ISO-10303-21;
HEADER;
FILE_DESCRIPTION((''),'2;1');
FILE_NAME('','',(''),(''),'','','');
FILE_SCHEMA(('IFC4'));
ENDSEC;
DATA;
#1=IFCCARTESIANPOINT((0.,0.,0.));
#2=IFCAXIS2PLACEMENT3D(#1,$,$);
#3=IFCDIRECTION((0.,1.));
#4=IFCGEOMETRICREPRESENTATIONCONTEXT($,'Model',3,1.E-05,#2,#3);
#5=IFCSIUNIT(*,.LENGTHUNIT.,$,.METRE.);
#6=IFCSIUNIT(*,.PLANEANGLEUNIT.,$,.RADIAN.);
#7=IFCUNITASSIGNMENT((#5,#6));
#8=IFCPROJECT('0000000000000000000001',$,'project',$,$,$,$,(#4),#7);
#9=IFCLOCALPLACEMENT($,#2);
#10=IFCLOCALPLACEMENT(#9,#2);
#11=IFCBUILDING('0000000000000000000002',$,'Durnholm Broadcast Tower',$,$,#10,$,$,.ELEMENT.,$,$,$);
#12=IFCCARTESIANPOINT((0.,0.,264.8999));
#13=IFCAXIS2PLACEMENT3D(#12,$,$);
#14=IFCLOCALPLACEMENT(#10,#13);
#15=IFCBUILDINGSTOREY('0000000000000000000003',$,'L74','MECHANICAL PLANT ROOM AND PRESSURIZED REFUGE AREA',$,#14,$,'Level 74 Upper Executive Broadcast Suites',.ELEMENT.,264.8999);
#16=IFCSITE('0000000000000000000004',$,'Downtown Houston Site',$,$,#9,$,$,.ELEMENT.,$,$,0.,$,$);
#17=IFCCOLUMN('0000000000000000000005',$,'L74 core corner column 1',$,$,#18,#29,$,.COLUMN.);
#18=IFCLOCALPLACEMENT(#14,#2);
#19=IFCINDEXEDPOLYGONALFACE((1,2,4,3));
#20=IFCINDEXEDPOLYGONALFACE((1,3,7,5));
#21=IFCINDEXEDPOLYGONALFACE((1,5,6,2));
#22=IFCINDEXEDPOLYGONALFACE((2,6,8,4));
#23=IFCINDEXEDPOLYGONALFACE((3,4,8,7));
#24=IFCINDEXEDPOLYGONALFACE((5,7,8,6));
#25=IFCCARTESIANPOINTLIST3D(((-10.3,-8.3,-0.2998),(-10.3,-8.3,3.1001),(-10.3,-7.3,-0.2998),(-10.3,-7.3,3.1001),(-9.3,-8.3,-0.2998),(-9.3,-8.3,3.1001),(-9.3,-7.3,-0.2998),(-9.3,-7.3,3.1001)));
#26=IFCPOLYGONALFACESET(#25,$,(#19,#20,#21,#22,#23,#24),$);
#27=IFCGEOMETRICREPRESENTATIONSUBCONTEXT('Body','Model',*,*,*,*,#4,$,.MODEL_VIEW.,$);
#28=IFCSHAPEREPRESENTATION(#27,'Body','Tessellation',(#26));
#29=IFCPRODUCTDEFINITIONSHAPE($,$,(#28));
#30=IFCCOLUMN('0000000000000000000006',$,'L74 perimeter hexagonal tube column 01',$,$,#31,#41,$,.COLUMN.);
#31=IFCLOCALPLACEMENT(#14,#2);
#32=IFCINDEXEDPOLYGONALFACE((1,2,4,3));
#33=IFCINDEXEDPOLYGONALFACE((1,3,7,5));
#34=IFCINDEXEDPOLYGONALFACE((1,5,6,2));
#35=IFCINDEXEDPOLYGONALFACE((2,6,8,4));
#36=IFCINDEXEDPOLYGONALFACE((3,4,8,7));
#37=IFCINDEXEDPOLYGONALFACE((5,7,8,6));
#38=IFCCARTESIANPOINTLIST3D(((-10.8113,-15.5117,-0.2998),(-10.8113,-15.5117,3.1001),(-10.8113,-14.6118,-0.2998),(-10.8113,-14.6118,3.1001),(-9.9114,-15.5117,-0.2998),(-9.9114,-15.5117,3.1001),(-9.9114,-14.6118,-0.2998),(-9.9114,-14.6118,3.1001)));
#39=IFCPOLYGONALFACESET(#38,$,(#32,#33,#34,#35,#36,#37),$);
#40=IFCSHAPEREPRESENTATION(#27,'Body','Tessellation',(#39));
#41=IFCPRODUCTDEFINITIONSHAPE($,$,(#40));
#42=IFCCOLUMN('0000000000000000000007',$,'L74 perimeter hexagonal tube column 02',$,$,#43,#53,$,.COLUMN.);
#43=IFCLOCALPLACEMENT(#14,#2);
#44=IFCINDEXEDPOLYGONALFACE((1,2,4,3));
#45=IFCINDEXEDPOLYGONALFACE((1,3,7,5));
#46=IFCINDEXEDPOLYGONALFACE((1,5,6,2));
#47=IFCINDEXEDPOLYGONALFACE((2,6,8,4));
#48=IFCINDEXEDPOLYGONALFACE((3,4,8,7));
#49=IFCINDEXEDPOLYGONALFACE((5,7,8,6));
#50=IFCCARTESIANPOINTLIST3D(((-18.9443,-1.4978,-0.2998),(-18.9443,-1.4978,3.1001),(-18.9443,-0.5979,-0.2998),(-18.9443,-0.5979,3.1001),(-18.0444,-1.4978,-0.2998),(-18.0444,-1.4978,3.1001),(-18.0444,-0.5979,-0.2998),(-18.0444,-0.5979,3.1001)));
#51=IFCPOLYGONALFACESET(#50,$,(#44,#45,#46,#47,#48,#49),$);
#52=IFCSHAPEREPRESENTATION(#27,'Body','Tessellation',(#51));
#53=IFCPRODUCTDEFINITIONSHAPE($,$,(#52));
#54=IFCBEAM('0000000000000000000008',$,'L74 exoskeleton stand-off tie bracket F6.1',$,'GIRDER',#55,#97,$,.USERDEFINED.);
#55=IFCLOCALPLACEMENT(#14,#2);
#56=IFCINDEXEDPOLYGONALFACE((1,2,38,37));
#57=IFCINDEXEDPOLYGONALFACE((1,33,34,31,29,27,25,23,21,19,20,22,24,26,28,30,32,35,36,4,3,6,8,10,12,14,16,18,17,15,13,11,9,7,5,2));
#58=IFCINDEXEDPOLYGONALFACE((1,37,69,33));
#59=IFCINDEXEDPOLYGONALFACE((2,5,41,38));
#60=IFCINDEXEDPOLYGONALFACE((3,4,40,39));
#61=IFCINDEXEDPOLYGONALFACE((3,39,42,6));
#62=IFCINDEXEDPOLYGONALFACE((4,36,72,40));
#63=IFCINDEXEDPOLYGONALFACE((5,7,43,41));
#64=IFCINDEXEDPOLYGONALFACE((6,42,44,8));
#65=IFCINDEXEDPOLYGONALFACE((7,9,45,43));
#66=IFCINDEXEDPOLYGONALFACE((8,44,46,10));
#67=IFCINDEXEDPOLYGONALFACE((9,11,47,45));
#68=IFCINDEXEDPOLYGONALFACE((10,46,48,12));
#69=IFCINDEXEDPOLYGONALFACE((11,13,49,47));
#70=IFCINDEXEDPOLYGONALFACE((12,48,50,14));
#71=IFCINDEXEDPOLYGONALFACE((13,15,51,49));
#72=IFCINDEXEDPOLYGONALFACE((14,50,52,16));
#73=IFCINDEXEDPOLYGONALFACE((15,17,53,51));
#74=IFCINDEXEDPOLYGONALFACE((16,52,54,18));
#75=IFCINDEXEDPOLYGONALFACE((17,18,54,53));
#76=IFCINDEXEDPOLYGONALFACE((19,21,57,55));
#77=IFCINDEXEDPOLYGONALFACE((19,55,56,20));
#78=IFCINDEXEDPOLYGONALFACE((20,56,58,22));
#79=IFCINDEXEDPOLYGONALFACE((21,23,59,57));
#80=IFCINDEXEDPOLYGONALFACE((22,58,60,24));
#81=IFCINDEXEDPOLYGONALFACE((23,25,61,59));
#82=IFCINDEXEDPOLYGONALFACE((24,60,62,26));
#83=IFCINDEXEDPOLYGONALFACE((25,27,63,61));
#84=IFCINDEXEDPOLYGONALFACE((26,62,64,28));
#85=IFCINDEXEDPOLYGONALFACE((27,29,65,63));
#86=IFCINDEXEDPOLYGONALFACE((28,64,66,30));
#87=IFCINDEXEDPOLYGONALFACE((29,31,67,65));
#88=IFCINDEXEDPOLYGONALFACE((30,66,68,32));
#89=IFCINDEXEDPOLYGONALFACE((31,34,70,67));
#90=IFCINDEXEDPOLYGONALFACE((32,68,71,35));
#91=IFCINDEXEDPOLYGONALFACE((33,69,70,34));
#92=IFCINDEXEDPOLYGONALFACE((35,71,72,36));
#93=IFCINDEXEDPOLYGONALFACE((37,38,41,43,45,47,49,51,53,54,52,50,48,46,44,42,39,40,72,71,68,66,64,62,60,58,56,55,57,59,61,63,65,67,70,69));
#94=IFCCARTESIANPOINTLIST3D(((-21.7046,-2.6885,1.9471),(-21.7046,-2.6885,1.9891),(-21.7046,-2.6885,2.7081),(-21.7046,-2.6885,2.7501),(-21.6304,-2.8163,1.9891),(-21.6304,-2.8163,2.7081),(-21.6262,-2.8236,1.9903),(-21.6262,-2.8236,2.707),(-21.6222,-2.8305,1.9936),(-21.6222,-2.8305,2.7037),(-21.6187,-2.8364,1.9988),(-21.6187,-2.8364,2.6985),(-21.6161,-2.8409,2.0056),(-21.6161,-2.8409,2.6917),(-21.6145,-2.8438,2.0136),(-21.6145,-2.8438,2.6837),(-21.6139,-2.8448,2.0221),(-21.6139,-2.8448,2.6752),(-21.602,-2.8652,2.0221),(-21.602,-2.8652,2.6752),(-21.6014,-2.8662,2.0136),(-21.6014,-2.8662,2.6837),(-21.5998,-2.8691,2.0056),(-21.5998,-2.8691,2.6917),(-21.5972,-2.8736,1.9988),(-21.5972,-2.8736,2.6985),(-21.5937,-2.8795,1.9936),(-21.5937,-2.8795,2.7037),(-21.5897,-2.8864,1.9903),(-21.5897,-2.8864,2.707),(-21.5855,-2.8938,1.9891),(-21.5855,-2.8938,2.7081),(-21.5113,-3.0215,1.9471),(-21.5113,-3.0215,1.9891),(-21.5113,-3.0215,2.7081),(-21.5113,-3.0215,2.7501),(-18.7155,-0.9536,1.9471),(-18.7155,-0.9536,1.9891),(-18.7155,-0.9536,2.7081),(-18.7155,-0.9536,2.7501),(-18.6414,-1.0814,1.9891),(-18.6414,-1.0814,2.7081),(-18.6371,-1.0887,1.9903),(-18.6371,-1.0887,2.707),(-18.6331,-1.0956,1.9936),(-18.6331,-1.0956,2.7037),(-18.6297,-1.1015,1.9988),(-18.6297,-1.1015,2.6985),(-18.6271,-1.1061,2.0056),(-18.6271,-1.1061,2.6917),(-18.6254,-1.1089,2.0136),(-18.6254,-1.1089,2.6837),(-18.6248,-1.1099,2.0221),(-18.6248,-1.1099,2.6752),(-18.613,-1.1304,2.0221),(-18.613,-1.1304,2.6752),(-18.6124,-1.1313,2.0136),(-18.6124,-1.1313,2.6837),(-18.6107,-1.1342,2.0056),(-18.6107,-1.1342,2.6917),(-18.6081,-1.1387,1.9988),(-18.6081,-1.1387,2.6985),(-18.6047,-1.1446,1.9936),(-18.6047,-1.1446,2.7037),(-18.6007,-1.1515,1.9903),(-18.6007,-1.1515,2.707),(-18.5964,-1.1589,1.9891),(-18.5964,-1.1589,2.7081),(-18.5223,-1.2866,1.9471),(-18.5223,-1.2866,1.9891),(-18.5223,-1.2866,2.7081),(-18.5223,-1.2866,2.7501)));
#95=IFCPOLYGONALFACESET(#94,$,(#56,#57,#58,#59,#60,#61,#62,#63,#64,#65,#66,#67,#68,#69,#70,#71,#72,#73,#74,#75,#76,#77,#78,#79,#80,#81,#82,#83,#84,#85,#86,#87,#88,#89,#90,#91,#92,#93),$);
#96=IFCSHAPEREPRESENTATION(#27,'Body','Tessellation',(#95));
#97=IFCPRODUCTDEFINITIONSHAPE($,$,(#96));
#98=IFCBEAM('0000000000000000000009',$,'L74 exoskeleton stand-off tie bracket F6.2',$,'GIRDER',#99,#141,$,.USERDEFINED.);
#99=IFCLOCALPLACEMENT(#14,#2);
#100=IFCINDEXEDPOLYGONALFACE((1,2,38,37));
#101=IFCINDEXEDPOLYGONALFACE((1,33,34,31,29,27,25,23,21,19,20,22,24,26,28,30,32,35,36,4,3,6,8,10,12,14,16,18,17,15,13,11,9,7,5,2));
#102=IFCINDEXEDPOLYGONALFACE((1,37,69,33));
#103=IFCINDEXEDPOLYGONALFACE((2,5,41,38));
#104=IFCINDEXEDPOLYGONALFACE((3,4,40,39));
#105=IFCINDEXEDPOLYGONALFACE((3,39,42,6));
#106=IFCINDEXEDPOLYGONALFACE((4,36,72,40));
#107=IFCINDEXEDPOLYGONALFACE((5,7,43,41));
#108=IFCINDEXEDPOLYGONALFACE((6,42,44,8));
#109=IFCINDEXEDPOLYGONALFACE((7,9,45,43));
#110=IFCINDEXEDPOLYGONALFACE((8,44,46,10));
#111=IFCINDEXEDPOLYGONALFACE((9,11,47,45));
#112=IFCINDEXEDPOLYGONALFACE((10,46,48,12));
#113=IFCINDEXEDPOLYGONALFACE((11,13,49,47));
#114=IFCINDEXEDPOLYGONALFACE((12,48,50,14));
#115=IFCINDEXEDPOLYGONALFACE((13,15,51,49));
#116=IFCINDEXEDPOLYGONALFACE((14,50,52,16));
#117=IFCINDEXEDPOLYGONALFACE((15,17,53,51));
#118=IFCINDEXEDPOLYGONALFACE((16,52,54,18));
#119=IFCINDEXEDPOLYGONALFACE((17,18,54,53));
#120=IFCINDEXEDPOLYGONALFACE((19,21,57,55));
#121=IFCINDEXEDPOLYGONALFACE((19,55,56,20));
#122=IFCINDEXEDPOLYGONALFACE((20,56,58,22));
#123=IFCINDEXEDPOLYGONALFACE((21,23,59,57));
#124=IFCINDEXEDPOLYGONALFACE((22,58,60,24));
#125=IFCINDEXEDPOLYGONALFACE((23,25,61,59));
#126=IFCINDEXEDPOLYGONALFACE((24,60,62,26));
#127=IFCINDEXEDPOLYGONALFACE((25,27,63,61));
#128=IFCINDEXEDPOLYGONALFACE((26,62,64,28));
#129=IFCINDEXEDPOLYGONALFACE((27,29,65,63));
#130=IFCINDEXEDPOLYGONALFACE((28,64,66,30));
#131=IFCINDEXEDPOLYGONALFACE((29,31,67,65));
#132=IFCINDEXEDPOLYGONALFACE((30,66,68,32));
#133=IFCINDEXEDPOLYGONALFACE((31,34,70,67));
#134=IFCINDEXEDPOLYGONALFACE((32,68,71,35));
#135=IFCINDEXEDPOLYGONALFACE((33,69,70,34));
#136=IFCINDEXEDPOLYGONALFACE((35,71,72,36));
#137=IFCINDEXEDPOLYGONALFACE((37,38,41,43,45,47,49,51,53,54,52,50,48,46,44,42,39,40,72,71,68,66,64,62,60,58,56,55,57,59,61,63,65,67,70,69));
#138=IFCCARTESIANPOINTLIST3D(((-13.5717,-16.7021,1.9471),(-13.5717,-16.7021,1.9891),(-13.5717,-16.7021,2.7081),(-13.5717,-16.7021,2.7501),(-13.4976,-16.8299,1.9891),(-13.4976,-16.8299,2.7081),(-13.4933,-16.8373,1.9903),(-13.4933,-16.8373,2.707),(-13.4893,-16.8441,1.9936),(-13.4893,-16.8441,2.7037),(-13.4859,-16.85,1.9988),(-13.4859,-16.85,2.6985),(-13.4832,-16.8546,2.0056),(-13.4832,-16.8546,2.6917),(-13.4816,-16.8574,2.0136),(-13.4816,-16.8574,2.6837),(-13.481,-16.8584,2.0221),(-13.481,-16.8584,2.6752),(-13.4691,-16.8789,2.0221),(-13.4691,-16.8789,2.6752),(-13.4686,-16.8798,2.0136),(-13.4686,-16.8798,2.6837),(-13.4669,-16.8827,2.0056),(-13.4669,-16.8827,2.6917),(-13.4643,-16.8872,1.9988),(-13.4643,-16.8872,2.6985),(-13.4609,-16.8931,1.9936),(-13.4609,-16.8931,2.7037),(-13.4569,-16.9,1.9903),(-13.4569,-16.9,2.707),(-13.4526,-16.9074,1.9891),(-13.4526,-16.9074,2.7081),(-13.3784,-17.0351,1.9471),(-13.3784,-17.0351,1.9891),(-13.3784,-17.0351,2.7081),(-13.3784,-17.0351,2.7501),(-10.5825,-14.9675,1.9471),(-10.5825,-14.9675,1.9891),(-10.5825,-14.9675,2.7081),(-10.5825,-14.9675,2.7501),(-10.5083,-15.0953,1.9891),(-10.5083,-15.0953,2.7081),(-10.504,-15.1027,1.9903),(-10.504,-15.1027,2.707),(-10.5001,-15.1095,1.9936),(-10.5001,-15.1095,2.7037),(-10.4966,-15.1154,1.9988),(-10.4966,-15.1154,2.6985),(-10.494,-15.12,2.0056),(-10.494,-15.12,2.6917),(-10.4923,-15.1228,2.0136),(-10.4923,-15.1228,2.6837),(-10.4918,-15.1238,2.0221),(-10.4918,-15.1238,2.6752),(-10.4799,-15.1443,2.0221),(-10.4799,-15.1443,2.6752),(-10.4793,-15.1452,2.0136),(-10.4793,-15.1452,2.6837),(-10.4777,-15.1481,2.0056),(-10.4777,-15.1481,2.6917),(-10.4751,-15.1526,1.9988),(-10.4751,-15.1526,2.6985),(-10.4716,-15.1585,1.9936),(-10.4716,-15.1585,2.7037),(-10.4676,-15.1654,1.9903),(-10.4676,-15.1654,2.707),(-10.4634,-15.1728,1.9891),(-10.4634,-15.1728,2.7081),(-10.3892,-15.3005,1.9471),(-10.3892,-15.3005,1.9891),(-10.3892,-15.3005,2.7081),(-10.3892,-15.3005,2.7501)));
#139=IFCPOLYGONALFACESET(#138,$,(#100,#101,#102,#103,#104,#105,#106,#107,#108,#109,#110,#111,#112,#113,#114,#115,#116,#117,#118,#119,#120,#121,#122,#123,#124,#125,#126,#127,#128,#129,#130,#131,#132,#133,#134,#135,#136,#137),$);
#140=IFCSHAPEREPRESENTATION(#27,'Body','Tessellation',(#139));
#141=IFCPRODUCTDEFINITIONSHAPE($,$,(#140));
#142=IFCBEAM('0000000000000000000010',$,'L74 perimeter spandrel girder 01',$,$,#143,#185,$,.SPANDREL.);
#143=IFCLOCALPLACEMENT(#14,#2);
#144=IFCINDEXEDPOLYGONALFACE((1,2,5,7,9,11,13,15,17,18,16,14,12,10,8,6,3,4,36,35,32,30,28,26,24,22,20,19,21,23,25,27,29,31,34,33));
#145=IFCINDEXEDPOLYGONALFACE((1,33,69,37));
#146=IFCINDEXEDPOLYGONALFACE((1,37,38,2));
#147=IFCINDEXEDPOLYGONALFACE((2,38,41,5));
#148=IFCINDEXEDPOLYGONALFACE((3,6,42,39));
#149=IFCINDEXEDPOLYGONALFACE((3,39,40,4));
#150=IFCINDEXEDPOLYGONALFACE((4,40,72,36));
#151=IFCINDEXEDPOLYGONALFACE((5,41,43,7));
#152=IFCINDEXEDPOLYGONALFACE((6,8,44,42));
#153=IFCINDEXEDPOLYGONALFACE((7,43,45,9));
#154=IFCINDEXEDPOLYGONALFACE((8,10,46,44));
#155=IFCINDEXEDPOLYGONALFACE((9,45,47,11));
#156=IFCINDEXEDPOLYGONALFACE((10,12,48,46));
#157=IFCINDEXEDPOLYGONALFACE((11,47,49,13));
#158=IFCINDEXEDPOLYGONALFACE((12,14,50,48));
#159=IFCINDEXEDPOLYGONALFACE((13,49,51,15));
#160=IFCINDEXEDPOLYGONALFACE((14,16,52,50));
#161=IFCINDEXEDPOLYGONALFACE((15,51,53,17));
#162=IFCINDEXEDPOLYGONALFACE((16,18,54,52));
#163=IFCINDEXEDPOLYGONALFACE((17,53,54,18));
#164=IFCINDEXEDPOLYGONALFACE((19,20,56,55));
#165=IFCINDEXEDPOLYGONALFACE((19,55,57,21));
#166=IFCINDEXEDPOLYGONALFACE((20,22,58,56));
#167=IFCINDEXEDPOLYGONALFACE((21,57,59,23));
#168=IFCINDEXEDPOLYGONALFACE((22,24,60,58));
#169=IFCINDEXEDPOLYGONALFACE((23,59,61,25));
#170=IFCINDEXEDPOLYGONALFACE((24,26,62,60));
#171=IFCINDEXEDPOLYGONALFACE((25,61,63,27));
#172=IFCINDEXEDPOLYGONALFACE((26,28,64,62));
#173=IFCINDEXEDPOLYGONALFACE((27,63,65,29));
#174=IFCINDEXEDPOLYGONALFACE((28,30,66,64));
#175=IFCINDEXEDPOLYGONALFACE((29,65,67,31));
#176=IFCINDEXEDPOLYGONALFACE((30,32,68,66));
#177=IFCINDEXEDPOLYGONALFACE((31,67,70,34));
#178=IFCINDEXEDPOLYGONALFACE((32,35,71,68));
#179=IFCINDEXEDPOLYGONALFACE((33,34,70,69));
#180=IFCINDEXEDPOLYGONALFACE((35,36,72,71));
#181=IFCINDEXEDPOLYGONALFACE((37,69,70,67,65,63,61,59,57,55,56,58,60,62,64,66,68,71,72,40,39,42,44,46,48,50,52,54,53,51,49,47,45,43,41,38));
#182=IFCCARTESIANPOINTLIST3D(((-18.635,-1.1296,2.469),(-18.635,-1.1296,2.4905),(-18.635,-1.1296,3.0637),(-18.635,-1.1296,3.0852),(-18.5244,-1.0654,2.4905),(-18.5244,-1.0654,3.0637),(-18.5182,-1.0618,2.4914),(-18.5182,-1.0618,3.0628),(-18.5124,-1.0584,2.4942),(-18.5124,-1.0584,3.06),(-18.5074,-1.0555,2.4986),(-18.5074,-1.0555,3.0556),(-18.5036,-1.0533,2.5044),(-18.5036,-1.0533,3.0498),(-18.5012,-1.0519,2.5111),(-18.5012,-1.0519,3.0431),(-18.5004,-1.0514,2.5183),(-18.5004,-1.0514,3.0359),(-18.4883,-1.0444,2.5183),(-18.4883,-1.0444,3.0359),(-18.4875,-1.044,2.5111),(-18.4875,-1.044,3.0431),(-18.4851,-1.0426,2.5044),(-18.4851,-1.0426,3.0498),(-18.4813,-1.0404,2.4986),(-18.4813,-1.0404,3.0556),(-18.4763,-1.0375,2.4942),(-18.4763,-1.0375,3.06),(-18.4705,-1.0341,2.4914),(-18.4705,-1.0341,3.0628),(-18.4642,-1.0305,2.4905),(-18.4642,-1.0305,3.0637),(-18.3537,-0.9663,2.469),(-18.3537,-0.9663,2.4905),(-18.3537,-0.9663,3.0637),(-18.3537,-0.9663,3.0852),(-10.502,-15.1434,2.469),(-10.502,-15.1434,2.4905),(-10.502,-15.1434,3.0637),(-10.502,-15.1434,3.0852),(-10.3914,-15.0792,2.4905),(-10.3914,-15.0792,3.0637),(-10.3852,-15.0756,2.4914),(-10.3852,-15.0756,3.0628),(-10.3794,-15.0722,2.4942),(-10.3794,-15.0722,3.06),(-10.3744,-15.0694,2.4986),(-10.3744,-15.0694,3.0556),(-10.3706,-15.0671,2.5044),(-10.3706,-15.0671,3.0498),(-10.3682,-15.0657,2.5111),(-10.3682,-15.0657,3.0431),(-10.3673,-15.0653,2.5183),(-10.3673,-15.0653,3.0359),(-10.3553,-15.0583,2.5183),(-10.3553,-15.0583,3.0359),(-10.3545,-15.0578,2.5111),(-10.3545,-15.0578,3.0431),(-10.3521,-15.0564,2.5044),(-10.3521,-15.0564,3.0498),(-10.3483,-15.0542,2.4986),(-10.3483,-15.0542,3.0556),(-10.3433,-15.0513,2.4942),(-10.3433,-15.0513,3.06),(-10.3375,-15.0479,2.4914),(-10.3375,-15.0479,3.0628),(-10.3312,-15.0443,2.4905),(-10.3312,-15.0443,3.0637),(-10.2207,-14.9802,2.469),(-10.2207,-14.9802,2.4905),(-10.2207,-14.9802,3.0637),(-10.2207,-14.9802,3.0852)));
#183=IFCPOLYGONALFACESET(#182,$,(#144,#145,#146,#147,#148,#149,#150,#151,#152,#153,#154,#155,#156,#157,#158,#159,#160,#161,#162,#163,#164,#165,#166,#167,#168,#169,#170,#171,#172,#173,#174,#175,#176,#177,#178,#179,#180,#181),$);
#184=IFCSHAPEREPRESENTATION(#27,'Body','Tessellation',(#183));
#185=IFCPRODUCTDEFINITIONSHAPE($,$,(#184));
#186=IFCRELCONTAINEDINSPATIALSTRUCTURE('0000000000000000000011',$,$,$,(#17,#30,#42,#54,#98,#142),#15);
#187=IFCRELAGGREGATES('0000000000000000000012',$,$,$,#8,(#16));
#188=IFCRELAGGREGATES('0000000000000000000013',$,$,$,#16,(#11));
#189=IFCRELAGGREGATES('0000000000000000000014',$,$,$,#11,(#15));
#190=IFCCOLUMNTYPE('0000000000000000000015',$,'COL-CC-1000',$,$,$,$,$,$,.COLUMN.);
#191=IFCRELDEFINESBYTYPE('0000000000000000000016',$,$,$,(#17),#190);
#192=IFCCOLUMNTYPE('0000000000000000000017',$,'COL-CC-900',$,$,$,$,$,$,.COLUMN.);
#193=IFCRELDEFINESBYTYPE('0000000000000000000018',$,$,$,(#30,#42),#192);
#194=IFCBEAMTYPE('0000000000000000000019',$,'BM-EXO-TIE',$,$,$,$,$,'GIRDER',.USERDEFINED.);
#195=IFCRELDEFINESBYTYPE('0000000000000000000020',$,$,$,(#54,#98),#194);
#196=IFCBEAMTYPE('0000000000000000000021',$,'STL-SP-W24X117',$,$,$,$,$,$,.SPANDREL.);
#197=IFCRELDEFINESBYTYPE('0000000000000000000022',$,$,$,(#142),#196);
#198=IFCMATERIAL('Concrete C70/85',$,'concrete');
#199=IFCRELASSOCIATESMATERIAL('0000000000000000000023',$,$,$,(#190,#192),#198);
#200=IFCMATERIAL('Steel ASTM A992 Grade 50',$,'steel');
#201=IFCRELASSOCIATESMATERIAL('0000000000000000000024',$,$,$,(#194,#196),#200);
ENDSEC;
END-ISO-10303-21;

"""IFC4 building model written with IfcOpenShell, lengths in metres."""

from ifc_helpers import new_model, si_unit, direction, frame, origin, origin_2d, place, context, subcontext, project, spatial, rectangle, i_section, extrude, source, transform, mapped, material, material_profile, profile_set, type_object, type_shapes, element, save


model = new_model("IFC4")

# Units and contexts
model_context = context("Model", 3, precision=1e-05, world=origin(), true_north=direction((0.0, 1.0)))
body_context = subcontext(model_context, "Body", "Model", "MODEL_VIEW")
ifc_project = project(units=[si_unit("LENGTHUNIT", "METRE"), si_unit("PLANEANGLEUNIT", "RADIAN")], contexts=[model_context])

# Site, building, storey
site_placement = place(None, origin())
site = spatial("IfcSite", under=ifc_project, at=site_placement, Name="Downtown Houston Site", CompositionType="ELEMENT", RefElevation=0.0)
building_placement = place(site_placement, origin())
building = spatial("IfcBuilding", under=site, at=building_placement, Name="Durnholm Broadcast Tower", CompositionType="ELEMENT")
storey_placement = place(building_placement, frame((0.0, 0.0, 264.8999)))
storey = spatial("IfcBuildingStorey", under=building, at=storey_placement, Name="L74", Description="MECHANICAL PLANT ROOM AND PRESSURIZED REFUGE AREA", LongName="Level 74 Upper Executive Broadcast Suites", CompositionType="ELEMENT", Elevation=264.8999)

# Columns
ifc_material_1 = material(Name="Concrete C70/85", Category="concrete")
ifc_material_profile_1 = material_profile(ifc_material_1, rectangle(XDim=1.0, YDim=1.0, at=origin_2d()), Name="RC1000X1000")
ifc_profile_set_1 = profile_set([ifc_material_profile_1], Name="Concrete C70/85")
column_type_1 = type_object("IfcColumnType", Name="COL-CC-1000", PredefinedType="COLUMN", material=ifc_profile_set_1)
shared_shape_1 = source(origin(), body_context, "Body", "SweptSolid", [
    extrude(rectangle(XDim=1.0, YDim=1.0, at=origin_2d()), origin(), (0.0, 0.0, 1.0), 3.3999),
])
type_shapes(column_type_1, [shared_shape_1])
column_placement = place(storey_placement, frame((-9.8, -7.8, -0.2998), z_axis=(0.0, 0.0, 1.0), x_axis=(1.0, 0.0, 0.0)))
element("IfcColumn", 1, at=column_placement, inside=storey, type_object=column_type_1, Name="L74 core corner column 1", PredefinedType="COLUMN", context=body_context, shape_type="MappedRepresentation", body=[
    mapped(shared_shape_1, transform((0.0, 0.0, 0.0), x_axis=(1.0, 0.0, 0.0), y_axis=(0.0, 1.0, 0.0), z_axis=(0.0, 0.0, 1.0), scale=1.0)),
])
ifc_material_profile_2 = material_profile(ifc_material_1, rectangle(XDim=0.8999, YDim=0.8999, at=origin_2d()), Name="RC900X900")
ifc_profile_set_2 = profile_set([ifc_material_profile_2], Name="Concrete C70/85")
column_type_2 = type_object("IfcColumnType", Name="COL-CC-900", PredefinedType="COLUMN", material=ifc_profile_set_2)
shared_shape_2 = source(origin(), body_context, "Body", "SweptSolid", [
    extrude(rectangle(XDim=0.8999, YDim=0.8999, at=origin_2d()), origin(), (0.0, 0.0, 1.0), 3.3999),
])
type_shapes(column_type_2, [shared_shape_2])
for number, where, z_axis, x_axis, name in (
    (2, (-10.3613, -15.0618, -0.2998), (0.0, 0.0, 1.0), (1.0, 0.0, 0.0), "L74 perimeter hexagonal tube column 01"),
    (3, (-18.4944, -1.0479, -0.2998), (0.0, 0.0, 1.0), (1.0, 0.0, 0.0), "L74 perimeter hexagonal tube column 02"),
):
    element("IfcColumn", number, at=place(storey_placement, frame(where, z_axis=z_axis, x_axis=x_axis)), inside=storey, type_object=column_type_2, Name=name, PredefinedType="COLUMN", context=body_context, shape_type="MappedRepresentation", body=[
        mapped(shared_shape_2, transform((0.0, 0.0, 0.0), x_axis=(1.0, 0.0, 0.0), y_axis=(0.0, 1.0, 0.0), z_axis=(0.0, 0.0, 1.0), scale=1.0)),
    ])

# Beams
ifc_material_2 = material(Name="Steel ASTM A992 Grade 50", Category="steel")
ifc_material_profile_3 = material_profile(ifc_material_2, i_section(OverallWidth=0.385, OverallDepth=0.803, WebThickness=0.0237, FlangeThickness=0.042, FilletRadius=0.033, at=origin_2d()), Name="W30X261")
ifc_profile_set_3 = profile_set([ifc_material_profile_3], Name="Steel ASTM A992 Grade 50")
beam_type_1 = type_object("IfcBeamType", Name="BM-EXO-TIE", ElementType="GIRDER", PredefinedType="USERDEFINED", material=ifc_profile_set_3)
shared_shape_3 = source(origin(), body_context, "Body", "SweptSolid", [
    extrude(i_section(OverallWidth=0.385, OverallDepth=0.803, WebThickness=0.0237, FlangeThickness=0.042, FilletRadius=0.033, at=origin_2d()), origin(), (0.0, 0.0, 1.0), 3.4561),
])
for number, where, z_axis, x_axis, name in (
    (4, (-18.6189, -1.1201, 2.3486), (-0.864876, -0.501986, 0.0), (0.501986, -0.864876, 0.0), "L74 exoskeleton stand-off tie bracket F6.1"),
    (5, (-10.4858, -15.134, 2.3486), (-0.864924, -0.501902, 0.0), (0.501902, -0.864924, 0.0), "L74 exoskeleton stand-off tie bracket F6.2"),
):
    element("IfcBeam", number, at=place(storey_placement, frame(where, z_axis=z_axis, x_axis=x_axis)), inside=storey, type_object=beam_type_1, Name=name, ObjectType="GIRDER", PredefinedType="USERDEFINED", context=body_context, shape_type="MappedRepresentation", body=[
        mapped(shared_shape_3, transform((0.0, 0.0, 0.0), x_axis=(1.0, 0.0, 0.0), y_axis=(0.0, 1.0, 0.0), z_axis=(0.0, 0.0, 1.0), scale=1.0)),
    ])
ifc_material_profile_4 = material_profile(ifc_material_2, i_section(OverallWidth=0.3252, OverallDepth=0.6162, WebThickness=0.0139, FlangeThickness=0.0215, FilletRadius=0.0278, at=origin_2d()), Name="W24X117")
ifc_profile_set_4 = profile_set([ifc_material_profile_4], Name="Steel ASTM A992 Grade 50")
beam_type_2 = type_object("IfcBeamType", Name="STL-SP-W24X117", PredefinedType="SPANDREL", material=ifc_profile_set_4)
shared_shape_4 = source(origin(), body_context, "Body", "SweptSolid", [
    extrude(i_section(OverallWidth=0.3252, OverallDepth=0.6162, WebThickness=0.0139, FlangeThickness=0.0215, FilletRadius=0.0278, at=origin_2d()), origin(), (0.0, 0.0, 1.0), 16.2029),
])
beam_1_placement = place(storey_placement, frame((-10.3613, -15.0618, 2.7771), z_axis=(-0.501948, 0.864898, 0.0), x_axis=(-0.864898, -0.501948, 0.0)))
element("IfcBeam", 6, at=beam_1_placement, inside=storey, type_object=beam_type_2, Name="L74 perimeter spandrel girder 01", PredefinedType="SPANDREL", context=body_context, shape_type="MappedRepresentation", body=[
    mapped(shared_shape_4, transform((0.0, 0.0, 0.0), x_axis=(1.0, 0.0, 0.0), y_axis=(0.0, 1.0, 0.0), z_axis=(0.0, 0.0, 1.0), scale=1.0)),
])

save(model, "model.ifc")
